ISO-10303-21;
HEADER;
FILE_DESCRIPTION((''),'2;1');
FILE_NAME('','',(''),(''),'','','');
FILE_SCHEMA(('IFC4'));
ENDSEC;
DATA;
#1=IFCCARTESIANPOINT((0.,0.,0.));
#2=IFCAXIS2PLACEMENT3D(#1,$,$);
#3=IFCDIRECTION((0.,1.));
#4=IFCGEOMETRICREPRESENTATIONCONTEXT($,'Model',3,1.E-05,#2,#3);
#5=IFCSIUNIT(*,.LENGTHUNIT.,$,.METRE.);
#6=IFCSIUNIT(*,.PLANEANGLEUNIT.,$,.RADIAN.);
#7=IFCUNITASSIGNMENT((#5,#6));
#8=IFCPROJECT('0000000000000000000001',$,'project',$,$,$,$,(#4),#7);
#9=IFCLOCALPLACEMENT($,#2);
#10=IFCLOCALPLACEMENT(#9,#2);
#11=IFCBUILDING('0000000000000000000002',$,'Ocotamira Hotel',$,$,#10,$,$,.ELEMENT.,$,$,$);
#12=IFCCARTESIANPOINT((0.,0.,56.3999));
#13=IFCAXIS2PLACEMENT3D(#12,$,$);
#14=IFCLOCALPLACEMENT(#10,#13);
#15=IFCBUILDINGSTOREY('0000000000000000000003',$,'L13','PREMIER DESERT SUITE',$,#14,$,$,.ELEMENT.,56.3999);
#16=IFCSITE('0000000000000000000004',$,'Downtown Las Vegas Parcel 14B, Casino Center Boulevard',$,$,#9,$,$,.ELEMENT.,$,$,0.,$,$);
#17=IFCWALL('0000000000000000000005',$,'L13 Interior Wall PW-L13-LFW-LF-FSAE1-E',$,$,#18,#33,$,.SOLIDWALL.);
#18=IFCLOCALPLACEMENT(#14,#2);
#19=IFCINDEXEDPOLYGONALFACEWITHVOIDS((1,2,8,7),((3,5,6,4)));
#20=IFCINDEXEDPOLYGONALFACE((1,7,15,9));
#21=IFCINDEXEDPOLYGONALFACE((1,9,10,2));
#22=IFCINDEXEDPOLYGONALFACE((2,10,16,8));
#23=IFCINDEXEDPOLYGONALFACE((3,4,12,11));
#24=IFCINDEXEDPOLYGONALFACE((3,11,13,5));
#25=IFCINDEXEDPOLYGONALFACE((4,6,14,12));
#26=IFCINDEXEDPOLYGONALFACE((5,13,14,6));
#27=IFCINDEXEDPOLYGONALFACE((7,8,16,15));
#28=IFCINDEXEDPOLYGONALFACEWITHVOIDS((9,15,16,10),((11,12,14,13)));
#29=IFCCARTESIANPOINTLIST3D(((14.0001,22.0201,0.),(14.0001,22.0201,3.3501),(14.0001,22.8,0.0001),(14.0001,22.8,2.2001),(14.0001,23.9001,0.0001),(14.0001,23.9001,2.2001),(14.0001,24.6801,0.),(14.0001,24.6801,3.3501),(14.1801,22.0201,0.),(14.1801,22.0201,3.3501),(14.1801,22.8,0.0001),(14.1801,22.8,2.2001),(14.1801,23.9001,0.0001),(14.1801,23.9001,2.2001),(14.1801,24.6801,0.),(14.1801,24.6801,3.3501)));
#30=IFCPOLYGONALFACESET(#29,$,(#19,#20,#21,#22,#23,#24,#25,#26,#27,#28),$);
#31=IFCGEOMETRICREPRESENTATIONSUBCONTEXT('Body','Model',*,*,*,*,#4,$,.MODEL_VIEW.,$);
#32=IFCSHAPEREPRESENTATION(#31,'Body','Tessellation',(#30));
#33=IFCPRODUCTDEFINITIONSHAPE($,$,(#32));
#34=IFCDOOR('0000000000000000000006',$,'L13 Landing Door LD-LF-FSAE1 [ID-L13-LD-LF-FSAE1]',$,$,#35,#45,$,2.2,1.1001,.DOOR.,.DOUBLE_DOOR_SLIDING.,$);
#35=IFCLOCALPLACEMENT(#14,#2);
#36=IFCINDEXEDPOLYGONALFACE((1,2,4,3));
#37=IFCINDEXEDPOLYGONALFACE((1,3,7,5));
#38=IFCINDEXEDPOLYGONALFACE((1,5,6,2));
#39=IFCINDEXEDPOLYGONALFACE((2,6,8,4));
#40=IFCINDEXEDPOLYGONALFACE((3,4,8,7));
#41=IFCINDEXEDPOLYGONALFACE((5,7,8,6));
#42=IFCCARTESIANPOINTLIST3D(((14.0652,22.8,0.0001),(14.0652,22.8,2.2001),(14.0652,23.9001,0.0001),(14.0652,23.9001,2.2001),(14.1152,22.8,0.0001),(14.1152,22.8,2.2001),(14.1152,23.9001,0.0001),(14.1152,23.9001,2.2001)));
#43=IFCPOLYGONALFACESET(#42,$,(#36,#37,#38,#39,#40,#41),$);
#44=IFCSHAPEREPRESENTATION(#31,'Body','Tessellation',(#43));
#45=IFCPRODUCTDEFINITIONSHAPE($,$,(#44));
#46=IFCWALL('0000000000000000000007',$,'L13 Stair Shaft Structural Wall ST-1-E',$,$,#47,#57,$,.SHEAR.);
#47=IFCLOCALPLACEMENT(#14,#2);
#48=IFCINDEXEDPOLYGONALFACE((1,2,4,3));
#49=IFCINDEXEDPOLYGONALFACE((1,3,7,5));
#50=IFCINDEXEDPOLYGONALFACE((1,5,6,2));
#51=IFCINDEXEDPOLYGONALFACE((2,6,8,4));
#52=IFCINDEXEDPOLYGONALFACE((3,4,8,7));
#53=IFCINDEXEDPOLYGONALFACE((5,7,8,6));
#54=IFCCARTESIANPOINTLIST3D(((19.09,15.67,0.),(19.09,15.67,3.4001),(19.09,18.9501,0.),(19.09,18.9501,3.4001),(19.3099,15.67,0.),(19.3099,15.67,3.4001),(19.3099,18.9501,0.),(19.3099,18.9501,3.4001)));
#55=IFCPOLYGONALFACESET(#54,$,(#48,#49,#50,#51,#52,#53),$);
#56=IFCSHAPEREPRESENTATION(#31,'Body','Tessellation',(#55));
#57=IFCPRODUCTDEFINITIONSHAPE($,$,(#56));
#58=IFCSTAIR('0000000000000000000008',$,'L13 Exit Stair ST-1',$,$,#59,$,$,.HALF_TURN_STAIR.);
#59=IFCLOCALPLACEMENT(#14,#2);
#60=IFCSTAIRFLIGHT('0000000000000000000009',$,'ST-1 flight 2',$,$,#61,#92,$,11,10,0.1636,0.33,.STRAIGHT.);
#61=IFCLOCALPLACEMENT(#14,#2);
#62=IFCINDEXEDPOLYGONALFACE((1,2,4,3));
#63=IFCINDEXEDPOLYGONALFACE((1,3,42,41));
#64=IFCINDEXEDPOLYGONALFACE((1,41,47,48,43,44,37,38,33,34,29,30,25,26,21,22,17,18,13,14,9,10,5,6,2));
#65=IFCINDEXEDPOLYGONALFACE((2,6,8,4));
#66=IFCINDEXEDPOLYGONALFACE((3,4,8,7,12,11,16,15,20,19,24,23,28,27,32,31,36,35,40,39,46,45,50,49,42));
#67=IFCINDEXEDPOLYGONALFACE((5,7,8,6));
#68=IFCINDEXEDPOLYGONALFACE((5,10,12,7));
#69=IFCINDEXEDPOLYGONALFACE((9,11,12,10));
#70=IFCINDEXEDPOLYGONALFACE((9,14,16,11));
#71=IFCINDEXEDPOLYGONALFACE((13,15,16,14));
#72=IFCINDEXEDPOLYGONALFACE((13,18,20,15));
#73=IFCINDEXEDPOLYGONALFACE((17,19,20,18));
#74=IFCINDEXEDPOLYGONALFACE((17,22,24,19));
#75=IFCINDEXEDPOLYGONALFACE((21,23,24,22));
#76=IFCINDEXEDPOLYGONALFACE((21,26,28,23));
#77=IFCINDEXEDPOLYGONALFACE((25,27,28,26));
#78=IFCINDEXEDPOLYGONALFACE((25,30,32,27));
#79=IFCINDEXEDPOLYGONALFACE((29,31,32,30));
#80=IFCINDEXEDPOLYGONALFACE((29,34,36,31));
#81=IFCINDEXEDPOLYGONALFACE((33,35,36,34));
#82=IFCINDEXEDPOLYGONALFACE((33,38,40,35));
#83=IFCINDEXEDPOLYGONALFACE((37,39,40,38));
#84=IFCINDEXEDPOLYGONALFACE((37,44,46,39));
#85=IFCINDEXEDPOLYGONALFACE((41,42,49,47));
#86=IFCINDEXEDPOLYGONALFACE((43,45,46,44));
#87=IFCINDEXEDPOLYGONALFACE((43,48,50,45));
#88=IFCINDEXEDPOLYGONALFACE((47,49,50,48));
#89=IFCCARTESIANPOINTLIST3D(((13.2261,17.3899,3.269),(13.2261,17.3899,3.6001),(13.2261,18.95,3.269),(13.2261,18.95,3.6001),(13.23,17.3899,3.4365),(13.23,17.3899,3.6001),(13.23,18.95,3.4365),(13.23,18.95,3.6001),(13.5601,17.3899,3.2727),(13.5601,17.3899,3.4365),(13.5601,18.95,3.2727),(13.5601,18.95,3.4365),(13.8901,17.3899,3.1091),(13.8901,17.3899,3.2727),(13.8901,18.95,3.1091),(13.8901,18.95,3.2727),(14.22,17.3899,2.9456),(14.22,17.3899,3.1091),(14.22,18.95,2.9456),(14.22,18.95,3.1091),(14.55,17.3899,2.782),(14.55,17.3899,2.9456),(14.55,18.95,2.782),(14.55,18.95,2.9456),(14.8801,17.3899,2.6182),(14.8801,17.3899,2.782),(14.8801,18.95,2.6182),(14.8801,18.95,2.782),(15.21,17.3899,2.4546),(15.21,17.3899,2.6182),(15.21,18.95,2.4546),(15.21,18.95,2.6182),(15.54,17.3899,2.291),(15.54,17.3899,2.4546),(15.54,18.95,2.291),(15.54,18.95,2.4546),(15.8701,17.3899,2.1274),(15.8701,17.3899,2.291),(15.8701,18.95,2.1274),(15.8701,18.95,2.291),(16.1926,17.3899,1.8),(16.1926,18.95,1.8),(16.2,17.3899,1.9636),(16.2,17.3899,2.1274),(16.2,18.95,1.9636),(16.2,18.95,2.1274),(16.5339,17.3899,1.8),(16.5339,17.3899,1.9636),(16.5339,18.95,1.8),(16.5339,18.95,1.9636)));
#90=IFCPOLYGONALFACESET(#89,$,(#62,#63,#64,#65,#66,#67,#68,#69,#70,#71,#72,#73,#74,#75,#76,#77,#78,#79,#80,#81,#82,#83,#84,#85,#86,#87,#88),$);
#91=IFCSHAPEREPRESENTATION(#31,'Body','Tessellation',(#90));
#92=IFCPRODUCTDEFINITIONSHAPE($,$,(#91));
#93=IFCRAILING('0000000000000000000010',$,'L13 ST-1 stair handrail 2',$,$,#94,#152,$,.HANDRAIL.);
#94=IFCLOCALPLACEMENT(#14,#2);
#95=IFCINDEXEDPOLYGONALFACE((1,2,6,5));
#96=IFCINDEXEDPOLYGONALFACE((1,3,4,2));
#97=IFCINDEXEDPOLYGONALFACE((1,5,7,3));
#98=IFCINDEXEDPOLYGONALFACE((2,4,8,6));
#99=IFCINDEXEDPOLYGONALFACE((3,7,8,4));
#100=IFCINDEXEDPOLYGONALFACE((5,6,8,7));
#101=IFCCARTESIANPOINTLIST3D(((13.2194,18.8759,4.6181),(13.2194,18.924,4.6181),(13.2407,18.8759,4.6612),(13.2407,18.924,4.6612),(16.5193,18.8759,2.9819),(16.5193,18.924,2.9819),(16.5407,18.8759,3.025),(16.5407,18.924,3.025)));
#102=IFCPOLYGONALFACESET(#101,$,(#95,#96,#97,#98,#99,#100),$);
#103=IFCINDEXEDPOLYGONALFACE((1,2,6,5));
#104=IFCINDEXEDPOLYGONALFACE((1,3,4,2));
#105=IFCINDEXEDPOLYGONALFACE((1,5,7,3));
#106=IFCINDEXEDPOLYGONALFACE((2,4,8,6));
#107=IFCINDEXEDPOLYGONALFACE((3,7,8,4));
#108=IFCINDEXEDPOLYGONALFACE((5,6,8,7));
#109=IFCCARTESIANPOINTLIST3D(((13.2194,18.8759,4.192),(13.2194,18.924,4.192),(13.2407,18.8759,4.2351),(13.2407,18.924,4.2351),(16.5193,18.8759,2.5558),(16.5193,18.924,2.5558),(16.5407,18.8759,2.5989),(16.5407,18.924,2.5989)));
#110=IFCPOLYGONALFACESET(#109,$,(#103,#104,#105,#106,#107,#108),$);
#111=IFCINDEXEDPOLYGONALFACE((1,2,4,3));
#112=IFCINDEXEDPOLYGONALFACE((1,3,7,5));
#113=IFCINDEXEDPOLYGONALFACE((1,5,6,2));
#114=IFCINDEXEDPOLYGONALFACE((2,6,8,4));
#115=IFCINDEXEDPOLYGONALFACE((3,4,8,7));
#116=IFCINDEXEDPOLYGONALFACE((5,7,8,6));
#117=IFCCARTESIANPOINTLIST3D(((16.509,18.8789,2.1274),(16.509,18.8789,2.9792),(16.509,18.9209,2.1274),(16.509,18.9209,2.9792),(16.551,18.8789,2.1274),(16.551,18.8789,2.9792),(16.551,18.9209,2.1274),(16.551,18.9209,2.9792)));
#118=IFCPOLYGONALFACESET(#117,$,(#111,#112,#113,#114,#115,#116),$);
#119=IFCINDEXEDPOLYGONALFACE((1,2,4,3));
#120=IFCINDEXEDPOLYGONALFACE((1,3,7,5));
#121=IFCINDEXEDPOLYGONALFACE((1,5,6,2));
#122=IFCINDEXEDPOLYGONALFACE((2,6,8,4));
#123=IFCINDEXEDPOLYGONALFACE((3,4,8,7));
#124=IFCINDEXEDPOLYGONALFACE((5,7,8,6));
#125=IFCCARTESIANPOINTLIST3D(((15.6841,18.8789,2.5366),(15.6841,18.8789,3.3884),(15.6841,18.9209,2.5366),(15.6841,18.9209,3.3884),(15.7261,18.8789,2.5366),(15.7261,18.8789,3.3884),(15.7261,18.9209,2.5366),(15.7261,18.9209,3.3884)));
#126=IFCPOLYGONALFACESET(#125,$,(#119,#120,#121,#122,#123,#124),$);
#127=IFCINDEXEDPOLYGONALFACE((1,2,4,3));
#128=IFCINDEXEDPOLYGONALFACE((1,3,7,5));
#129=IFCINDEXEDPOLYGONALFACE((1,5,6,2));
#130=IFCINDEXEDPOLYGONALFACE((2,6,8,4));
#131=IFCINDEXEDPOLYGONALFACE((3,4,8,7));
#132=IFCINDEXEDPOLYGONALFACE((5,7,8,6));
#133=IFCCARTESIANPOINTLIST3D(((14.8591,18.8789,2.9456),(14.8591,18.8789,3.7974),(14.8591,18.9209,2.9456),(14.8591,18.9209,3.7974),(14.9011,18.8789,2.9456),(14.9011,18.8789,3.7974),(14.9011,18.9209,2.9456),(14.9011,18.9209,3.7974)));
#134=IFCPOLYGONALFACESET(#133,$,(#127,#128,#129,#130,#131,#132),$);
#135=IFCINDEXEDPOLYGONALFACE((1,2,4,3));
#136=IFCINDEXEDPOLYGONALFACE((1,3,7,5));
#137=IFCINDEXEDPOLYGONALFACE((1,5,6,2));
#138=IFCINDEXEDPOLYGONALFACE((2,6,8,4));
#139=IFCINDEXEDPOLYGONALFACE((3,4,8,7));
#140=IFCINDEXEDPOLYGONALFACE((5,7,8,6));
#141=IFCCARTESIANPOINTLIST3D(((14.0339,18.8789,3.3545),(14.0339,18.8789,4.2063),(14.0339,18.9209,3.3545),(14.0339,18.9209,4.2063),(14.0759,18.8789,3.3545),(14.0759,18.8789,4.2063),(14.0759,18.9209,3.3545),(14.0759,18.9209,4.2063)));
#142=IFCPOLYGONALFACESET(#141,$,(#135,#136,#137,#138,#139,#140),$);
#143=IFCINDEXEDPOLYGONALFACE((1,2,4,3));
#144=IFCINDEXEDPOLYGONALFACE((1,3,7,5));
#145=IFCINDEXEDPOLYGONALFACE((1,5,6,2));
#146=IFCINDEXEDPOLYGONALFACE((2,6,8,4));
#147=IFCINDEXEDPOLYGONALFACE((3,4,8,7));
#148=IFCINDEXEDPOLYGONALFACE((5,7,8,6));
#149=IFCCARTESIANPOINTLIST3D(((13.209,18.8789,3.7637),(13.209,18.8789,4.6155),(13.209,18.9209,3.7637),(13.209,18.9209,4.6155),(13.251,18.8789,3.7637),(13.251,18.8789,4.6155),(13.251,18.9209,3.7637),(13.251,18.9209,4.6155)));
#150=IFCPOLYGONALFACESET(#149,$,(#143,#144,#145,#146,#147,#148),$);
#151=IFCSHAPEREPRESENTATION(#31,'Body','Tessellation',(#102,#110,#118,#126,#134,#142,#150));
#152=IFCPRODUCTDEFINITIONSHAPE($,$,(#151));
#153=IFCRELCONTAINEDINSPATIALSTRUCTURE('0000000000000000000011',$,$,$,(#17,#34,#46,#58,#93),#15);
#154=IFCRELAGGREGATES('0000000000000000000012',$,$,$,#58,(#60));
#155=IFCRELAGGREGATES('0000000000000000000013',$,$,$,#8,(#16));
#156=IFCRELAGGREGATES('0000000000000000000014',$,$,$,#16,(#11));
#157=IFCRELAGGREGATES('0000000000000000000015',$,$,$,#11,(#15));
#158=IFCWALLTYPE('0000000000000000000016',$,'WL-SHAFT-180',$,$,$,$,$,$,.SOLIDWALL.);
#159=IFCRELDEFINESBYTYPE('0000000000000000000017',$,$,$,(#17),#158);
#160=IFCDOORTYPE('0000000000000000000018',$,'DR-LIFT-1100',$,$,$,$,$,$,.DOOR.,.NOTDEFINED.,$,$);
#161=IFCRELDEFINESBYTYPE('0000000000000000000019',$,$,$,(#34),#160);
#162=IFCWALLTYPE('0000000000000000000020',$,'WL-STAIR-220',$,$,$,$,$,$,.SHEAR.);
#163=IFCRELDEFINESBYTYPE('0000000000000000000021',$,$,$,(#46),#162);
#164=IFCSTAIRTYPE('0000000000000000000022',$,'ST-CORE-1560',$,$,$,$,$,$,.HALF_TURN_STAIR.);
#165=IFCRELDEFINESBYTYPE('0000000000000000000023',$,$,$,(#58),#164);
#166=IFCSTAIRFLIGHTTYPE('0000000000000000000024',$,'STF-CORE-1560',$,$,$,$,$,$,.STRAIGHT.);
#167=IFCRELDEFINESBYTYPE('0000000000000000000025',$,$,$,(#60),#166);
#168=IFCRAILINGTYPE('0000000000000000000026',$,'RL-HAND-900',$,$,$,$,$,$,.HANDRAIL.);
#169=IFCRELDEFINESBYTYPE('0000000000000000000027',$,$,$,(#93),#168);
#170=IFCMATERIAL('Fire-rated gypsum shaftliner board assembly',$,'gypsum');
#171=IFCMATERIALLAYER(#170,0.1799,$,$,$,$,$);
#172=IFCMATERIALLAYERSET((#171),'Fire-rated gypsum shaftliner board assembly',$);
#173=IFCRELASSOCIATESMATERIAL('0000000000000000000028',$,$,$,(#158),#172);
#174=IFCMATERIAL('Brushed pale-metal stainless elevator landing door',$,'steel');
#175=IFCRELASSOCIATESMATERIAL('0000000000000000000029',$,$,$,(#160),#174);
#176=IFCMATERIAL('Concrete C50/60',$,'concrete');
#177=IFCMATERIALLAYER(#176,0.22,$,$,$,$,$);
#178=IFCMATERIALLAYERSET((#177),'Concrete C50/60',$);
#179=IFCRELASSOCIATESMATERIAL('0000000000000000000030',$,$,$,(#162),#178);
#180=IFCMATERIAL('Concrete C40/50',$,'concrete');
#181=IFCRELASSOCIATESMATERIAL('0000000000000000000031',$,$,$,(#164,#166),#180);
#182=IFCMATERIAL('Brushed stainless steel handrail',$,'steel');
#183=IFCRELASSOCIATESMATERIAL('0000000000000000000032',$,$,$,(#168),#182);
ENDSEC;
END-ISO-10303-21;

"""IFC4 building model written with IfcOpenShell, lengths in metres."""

from ifc_helpers import new_model, si_unit, direction, frame, frame_2d, origin, origin_2d, place, context, subcontext, project, spatial, polyline, rectangle, outline, extrude, source, transform, mapped, material, layer, layer_set, type_object, element, fill, aggregate, save


model = new_model("IFC4")

# Units and contexts
model_context = context("Model", 3, precision=1e-05, world=origin(), true_north=direction((0.0, 1.0)))
body_context = subcontext(model_context, "Body", "Model", "MODEL_VIEW")
ifc_project = project(units=[si_unit("LENGTHUNIT", "METRE"), si_unit("PLANEANGLEUNIT", "RADIAN")], contexts=[model_context])

# Site, building, storey
site_placement = place(None, origin())
site = spatial("IfcSite", under=ifc_project, at=site_placement, Name="Downtown Las Vegas Parcel 14B, Casino Center Boulevard", CompositionType="ELEMENT", RefElevation=0.0)
building_placement = place(site_placement, origin())
building = spatial("IfcBuilding", under=site, at=building_placement, Name="Ocotamira Hotel", CompositionType="ELEMENT")
storey_placement = place(building_placement, frame((0.0, 0.0, 56.3999)))
storey = spatial("IfcBuildingStorey", under=building, at=storey_placement, Name="L13", Description="PREMIER DESERT SUITE", CompositionType="ELEMENT", Elevation=56.3999)

# Shared definitions
ifc_material_1 = material(Name="Fire-rated gypsum shaftliner board assembly", Category="gypsum")
ifc_layer_1 = layer(ifc_material_1, 0.1799)
ifc_layer_set_1 = layer_set([ifc_layer_1], Name="Fire-rated gypsum shaftliner board assembly")
wall_type_1 = type_object("IfcWallType", Name="WL-SHAFT-180", PredefinedType="SOLIDWALL", material=ifc_layer_set_1)

# Wall, opening, door
wall_1_placement = place(storey_placement, frame((14.0901, 22.02, 0.0), z_axis=(0.0, 0.0, 1.0), x_axis=(0.0, 1.0, 0.0)))
wall_1 = element("IfcWall", 1, at=wall_1_placement, inside=storey, type_object=wall_type_1, Name="L13 Interior Wall PW-L13-LFW-LF-FSAE1-E", PredefinedType="SOLIDWALL", context=body_context, shape_type="SweptSolid", body=[
    extrude(rectangle(XDim=2.6599, YDim=0.1799, at=frame_2d((1.3301, 0.0))), origin(), (0.0, 0.0, 1.0), 3.3501),
])
opening_1_placement = place(wall_1_placement, frame((0.78, 0.0, 0.0)))
opening_1 = element("IfcOpeningElement", 2, at=opening_1_placement, cuts=wall_1, PredefinedType="OPENING", context=body_context, shape_type="SweptSolid", body=[
    extrude(rectangle(XDim=1.1001, YDim=2.2, at=frame_2d((0.55, 1.1001))), frame((0.0, 0.1001, 0.0), z_axis=(0.0, -1.0, 0.0), x_axis=(1.0, 0.0, 0.0)), (0.0, 0.0, 1.0), 0.2),
])
ifc_material_2 = material(Name="Brushed pale-metal stainless elevator landing door", Category="steel")
door_type_1 = type_object("IfcDoorType", Name="DR-LIFT-1100", OperationType="NOTDEFINED", PredefinedType="DOOR", material=ifc_material_2)
shared_shape_1 = source(origin(), body_context, "Body", "SweptSolid", [
    extrude(rectangle(XDim=1.1001, YDim=2.2, at=frame_2d((0.55, 1.1001))), frame((0.0, 0.0249, 0.0), z_axis=(0.0, -1.0, 0.0), x_axis=(1.0, 0.0, 0.0)), (0.0, 0.0, 1.0), 0.05),
])
door_1_placement = place(opening_1_placement, origin())
door_1 = element("IfcDoor", 3, at=door_1_placement, inside=storey, type_object=door_type_1, Name="L13 Landing Door LD-LF-FSAE1 [ID-L13-LD-LF-FSAE1]", OperationType="DOUBLE_DOOR_SLIDING", OverallHeight=2.2, OverallWidth=1.1001, PredefinedType="DOOR", context=body_context, shape_type="MappedRepresentation", body=[
    mapped(shared_shape_1, transform((0.0, 0.0, 0.0), scale=1.0)),
])
fill(opening_1, door_1)

# Wall
ifc_material_3 = material(Name="Concrete C50/60", Category="concrete")
ifc_layer_2 = layer(ifc_material_3, 0.22)
ifc_layer_set_2 = layer_set([ifc_layer_2], Name="Concrete C50/60")
wall_type_2 = type_object("IfcWallType", Name="WL-STAIR-220", PredefinedType="SHEAR", material=ifc_layer_set_2)
wall_2_placement = place(storey_placement, frame((19.2, 15.6699, 0.0), z_axis=(0.0, 0.0, 1.0), x_axis=(0.0, 1.0, 0.0)))
element("IfcWall", 4, at=wall_2_placement, inside=storey, type_object=wall_type_2, Name="L13 Stair Shaft Structural Wall ST-1-E", PredefinedType="SHEAR", context=body_context, shape_type="SweptSolid", body=[
    extrude(rectangle(XDim=3.28, YDim=0.22, at=frame_2d((1.6401, 0.0))), origin(), (0.0, 0.0, 1.0), 3.4001),
])

# Stair, stair flight
ifc_material_4 = material(Name="Concrete C40/50", Category="concrete")
stair_type = type_object("IfcStairType", Name="ST-CORE-1560", PredefinedType="HALF_TURN_STAIR", material=ifc_material_4)
stair_placement = place(storey_placement, origin())
stair = element("IfcStair", 5, at=stair_placement, inside=storey, type_object=stair_type, Name="L13 Exit Stair ST-1", PredefinedType="HALF_TURN_STAIR")
stair_flight_type = type_object("IfcStairFlightType", Name="STF-CORE-1560", PredefinedType="STRAIGHT", material=ifc_material_4)
shared_shape_2 = source(origin(), body_context, "Body", "SweptSolid", [
    extrude(outline(polyline([(-0.0039, 0.0), (-0.0039, 0.1636), (0.3301, 0.1636), (0.3301, 0.3274), (0.6599, 0.3274), (0.6599, 0.491), (0.99, 0.491), (0.99, 0.6545), (1.3201, 0.6545), (1.3201, 0.8181), (1.6499, 0.8181), (1.6499, 0.9819), (1.98, 0.9819), (1.98, 1.1455), (2.3101, 1.1455), (2.3101, 1.3091), (2.6399, 1.3091), (2.6399, 1.4727), (2.97, 1.4727), (2.97, 1.6365), (3.3, 1.6365), (3.3, 1.8), (3.304, 1.8), (3.304, 1.469), (0.3374, 0.0), (-0.0039, 0.0)])), frame((0.0, 0.78, 0.0), z_axis=(0.0, -1.0, 0.0), x_axis=(1.0, 0.0, 0.0)), (0.0, 0.0, 1.0), 1.5601),
])
stair_flight_placement = place(storey_placement, frame((16.53, 18.1699, 1.8), z_axis=(0.0, 0.0, 1.0), x_axis=(-1.0, 0.0, 0.0)))
stair_flight = element("IfcStairFlight", 6, at=stair_flight_placement, type_object=stair_flight_type, Name="ST-1 flight 2", NumberOfRisers=11, NumberOfTreads=10, PredefinedType="STRAIGHT", RiserHeight=0.1636, TreadLength=0.33, context=body_context, shape_type="MappedRepresentation", body=[
    mapped(shared_shape_2, transform((0.0, 0.0, 0.0), scale=1.0)),
])
aggregate(stair, [stair_flight])

# Railing
ifc_material_5 = material(Name="Brushed stainless steel handrail", Category="steel")
railing_type_1 = type_object("IfcRailingType", Name="RL-HAND-900", PredefinedType="HANDRAIL", material=ifc_material_5)
railing_1_placement = place(storey_placement, frame((16.53, 18.8999, 2.1274)))
element("IfcRailing", 7, at=railing_1_placement, inside=storey, type_object=railing_type_1, Name="L13 ST-1 stair handrail 2", PredefinedType="HANDRAIL", context=body_context, shape_type="SweptSolid", body=[
    extrude(rectangle(XDim=0.0481, YDim=0.0481, at=origin_2d()), frame((0.0, 0.0, 0.876), z_axis=(-0.89592, 0.0, 0.444215), x_axis=(0.0, -1.0, 0.0)), (0.0, 0.0, 1.0), 3.6833),
    extrude(rectangle(XDim=0.0481, YDim=0.0481, at=origin_2d()), frame((0.0, 0.0, 0.45), z_axis=(-0.89592, 0.0, 0.444215), x_axis=(0.0, -1.0, 0.0)), (0.0, 0.0, 1.0), 3.6833),
    extrude(rectangle(XDim=0.042, YDim=0.042, at=origin_2d()), origin(), (0.0, 0.0, 1.0), 0.8518),
    extrude(rectangle(XDim=0.042, YDim=0.042, at=origin_2d()), frame((-0.825, 0.0, 0.4092)), (0.0, 0.0, 1.0), 0.8518),
    extrude(rectangle(XDim=0.042, YDim=0.042, at=origin_2d()), frame((-1.6499, 0.0, 0.8181)), (0.0, 0.0, 1.0), 0.8518),
    extrude(rectangle(XDim=0.042, YDim=0.042, at=origin_2d()), frame((-2.4751, 0.0, 1.2271)), (0.0, 0.0, 1.0), 0.8518),
    extrude(rectangle(XDim=0.042, YDim=0.042, at=origin_2d()), frame((-3.3, 0.0, 1.6362)), (0.0, 0.0, 1.0), 0.8518),
])

save(model, "model.ifc")
